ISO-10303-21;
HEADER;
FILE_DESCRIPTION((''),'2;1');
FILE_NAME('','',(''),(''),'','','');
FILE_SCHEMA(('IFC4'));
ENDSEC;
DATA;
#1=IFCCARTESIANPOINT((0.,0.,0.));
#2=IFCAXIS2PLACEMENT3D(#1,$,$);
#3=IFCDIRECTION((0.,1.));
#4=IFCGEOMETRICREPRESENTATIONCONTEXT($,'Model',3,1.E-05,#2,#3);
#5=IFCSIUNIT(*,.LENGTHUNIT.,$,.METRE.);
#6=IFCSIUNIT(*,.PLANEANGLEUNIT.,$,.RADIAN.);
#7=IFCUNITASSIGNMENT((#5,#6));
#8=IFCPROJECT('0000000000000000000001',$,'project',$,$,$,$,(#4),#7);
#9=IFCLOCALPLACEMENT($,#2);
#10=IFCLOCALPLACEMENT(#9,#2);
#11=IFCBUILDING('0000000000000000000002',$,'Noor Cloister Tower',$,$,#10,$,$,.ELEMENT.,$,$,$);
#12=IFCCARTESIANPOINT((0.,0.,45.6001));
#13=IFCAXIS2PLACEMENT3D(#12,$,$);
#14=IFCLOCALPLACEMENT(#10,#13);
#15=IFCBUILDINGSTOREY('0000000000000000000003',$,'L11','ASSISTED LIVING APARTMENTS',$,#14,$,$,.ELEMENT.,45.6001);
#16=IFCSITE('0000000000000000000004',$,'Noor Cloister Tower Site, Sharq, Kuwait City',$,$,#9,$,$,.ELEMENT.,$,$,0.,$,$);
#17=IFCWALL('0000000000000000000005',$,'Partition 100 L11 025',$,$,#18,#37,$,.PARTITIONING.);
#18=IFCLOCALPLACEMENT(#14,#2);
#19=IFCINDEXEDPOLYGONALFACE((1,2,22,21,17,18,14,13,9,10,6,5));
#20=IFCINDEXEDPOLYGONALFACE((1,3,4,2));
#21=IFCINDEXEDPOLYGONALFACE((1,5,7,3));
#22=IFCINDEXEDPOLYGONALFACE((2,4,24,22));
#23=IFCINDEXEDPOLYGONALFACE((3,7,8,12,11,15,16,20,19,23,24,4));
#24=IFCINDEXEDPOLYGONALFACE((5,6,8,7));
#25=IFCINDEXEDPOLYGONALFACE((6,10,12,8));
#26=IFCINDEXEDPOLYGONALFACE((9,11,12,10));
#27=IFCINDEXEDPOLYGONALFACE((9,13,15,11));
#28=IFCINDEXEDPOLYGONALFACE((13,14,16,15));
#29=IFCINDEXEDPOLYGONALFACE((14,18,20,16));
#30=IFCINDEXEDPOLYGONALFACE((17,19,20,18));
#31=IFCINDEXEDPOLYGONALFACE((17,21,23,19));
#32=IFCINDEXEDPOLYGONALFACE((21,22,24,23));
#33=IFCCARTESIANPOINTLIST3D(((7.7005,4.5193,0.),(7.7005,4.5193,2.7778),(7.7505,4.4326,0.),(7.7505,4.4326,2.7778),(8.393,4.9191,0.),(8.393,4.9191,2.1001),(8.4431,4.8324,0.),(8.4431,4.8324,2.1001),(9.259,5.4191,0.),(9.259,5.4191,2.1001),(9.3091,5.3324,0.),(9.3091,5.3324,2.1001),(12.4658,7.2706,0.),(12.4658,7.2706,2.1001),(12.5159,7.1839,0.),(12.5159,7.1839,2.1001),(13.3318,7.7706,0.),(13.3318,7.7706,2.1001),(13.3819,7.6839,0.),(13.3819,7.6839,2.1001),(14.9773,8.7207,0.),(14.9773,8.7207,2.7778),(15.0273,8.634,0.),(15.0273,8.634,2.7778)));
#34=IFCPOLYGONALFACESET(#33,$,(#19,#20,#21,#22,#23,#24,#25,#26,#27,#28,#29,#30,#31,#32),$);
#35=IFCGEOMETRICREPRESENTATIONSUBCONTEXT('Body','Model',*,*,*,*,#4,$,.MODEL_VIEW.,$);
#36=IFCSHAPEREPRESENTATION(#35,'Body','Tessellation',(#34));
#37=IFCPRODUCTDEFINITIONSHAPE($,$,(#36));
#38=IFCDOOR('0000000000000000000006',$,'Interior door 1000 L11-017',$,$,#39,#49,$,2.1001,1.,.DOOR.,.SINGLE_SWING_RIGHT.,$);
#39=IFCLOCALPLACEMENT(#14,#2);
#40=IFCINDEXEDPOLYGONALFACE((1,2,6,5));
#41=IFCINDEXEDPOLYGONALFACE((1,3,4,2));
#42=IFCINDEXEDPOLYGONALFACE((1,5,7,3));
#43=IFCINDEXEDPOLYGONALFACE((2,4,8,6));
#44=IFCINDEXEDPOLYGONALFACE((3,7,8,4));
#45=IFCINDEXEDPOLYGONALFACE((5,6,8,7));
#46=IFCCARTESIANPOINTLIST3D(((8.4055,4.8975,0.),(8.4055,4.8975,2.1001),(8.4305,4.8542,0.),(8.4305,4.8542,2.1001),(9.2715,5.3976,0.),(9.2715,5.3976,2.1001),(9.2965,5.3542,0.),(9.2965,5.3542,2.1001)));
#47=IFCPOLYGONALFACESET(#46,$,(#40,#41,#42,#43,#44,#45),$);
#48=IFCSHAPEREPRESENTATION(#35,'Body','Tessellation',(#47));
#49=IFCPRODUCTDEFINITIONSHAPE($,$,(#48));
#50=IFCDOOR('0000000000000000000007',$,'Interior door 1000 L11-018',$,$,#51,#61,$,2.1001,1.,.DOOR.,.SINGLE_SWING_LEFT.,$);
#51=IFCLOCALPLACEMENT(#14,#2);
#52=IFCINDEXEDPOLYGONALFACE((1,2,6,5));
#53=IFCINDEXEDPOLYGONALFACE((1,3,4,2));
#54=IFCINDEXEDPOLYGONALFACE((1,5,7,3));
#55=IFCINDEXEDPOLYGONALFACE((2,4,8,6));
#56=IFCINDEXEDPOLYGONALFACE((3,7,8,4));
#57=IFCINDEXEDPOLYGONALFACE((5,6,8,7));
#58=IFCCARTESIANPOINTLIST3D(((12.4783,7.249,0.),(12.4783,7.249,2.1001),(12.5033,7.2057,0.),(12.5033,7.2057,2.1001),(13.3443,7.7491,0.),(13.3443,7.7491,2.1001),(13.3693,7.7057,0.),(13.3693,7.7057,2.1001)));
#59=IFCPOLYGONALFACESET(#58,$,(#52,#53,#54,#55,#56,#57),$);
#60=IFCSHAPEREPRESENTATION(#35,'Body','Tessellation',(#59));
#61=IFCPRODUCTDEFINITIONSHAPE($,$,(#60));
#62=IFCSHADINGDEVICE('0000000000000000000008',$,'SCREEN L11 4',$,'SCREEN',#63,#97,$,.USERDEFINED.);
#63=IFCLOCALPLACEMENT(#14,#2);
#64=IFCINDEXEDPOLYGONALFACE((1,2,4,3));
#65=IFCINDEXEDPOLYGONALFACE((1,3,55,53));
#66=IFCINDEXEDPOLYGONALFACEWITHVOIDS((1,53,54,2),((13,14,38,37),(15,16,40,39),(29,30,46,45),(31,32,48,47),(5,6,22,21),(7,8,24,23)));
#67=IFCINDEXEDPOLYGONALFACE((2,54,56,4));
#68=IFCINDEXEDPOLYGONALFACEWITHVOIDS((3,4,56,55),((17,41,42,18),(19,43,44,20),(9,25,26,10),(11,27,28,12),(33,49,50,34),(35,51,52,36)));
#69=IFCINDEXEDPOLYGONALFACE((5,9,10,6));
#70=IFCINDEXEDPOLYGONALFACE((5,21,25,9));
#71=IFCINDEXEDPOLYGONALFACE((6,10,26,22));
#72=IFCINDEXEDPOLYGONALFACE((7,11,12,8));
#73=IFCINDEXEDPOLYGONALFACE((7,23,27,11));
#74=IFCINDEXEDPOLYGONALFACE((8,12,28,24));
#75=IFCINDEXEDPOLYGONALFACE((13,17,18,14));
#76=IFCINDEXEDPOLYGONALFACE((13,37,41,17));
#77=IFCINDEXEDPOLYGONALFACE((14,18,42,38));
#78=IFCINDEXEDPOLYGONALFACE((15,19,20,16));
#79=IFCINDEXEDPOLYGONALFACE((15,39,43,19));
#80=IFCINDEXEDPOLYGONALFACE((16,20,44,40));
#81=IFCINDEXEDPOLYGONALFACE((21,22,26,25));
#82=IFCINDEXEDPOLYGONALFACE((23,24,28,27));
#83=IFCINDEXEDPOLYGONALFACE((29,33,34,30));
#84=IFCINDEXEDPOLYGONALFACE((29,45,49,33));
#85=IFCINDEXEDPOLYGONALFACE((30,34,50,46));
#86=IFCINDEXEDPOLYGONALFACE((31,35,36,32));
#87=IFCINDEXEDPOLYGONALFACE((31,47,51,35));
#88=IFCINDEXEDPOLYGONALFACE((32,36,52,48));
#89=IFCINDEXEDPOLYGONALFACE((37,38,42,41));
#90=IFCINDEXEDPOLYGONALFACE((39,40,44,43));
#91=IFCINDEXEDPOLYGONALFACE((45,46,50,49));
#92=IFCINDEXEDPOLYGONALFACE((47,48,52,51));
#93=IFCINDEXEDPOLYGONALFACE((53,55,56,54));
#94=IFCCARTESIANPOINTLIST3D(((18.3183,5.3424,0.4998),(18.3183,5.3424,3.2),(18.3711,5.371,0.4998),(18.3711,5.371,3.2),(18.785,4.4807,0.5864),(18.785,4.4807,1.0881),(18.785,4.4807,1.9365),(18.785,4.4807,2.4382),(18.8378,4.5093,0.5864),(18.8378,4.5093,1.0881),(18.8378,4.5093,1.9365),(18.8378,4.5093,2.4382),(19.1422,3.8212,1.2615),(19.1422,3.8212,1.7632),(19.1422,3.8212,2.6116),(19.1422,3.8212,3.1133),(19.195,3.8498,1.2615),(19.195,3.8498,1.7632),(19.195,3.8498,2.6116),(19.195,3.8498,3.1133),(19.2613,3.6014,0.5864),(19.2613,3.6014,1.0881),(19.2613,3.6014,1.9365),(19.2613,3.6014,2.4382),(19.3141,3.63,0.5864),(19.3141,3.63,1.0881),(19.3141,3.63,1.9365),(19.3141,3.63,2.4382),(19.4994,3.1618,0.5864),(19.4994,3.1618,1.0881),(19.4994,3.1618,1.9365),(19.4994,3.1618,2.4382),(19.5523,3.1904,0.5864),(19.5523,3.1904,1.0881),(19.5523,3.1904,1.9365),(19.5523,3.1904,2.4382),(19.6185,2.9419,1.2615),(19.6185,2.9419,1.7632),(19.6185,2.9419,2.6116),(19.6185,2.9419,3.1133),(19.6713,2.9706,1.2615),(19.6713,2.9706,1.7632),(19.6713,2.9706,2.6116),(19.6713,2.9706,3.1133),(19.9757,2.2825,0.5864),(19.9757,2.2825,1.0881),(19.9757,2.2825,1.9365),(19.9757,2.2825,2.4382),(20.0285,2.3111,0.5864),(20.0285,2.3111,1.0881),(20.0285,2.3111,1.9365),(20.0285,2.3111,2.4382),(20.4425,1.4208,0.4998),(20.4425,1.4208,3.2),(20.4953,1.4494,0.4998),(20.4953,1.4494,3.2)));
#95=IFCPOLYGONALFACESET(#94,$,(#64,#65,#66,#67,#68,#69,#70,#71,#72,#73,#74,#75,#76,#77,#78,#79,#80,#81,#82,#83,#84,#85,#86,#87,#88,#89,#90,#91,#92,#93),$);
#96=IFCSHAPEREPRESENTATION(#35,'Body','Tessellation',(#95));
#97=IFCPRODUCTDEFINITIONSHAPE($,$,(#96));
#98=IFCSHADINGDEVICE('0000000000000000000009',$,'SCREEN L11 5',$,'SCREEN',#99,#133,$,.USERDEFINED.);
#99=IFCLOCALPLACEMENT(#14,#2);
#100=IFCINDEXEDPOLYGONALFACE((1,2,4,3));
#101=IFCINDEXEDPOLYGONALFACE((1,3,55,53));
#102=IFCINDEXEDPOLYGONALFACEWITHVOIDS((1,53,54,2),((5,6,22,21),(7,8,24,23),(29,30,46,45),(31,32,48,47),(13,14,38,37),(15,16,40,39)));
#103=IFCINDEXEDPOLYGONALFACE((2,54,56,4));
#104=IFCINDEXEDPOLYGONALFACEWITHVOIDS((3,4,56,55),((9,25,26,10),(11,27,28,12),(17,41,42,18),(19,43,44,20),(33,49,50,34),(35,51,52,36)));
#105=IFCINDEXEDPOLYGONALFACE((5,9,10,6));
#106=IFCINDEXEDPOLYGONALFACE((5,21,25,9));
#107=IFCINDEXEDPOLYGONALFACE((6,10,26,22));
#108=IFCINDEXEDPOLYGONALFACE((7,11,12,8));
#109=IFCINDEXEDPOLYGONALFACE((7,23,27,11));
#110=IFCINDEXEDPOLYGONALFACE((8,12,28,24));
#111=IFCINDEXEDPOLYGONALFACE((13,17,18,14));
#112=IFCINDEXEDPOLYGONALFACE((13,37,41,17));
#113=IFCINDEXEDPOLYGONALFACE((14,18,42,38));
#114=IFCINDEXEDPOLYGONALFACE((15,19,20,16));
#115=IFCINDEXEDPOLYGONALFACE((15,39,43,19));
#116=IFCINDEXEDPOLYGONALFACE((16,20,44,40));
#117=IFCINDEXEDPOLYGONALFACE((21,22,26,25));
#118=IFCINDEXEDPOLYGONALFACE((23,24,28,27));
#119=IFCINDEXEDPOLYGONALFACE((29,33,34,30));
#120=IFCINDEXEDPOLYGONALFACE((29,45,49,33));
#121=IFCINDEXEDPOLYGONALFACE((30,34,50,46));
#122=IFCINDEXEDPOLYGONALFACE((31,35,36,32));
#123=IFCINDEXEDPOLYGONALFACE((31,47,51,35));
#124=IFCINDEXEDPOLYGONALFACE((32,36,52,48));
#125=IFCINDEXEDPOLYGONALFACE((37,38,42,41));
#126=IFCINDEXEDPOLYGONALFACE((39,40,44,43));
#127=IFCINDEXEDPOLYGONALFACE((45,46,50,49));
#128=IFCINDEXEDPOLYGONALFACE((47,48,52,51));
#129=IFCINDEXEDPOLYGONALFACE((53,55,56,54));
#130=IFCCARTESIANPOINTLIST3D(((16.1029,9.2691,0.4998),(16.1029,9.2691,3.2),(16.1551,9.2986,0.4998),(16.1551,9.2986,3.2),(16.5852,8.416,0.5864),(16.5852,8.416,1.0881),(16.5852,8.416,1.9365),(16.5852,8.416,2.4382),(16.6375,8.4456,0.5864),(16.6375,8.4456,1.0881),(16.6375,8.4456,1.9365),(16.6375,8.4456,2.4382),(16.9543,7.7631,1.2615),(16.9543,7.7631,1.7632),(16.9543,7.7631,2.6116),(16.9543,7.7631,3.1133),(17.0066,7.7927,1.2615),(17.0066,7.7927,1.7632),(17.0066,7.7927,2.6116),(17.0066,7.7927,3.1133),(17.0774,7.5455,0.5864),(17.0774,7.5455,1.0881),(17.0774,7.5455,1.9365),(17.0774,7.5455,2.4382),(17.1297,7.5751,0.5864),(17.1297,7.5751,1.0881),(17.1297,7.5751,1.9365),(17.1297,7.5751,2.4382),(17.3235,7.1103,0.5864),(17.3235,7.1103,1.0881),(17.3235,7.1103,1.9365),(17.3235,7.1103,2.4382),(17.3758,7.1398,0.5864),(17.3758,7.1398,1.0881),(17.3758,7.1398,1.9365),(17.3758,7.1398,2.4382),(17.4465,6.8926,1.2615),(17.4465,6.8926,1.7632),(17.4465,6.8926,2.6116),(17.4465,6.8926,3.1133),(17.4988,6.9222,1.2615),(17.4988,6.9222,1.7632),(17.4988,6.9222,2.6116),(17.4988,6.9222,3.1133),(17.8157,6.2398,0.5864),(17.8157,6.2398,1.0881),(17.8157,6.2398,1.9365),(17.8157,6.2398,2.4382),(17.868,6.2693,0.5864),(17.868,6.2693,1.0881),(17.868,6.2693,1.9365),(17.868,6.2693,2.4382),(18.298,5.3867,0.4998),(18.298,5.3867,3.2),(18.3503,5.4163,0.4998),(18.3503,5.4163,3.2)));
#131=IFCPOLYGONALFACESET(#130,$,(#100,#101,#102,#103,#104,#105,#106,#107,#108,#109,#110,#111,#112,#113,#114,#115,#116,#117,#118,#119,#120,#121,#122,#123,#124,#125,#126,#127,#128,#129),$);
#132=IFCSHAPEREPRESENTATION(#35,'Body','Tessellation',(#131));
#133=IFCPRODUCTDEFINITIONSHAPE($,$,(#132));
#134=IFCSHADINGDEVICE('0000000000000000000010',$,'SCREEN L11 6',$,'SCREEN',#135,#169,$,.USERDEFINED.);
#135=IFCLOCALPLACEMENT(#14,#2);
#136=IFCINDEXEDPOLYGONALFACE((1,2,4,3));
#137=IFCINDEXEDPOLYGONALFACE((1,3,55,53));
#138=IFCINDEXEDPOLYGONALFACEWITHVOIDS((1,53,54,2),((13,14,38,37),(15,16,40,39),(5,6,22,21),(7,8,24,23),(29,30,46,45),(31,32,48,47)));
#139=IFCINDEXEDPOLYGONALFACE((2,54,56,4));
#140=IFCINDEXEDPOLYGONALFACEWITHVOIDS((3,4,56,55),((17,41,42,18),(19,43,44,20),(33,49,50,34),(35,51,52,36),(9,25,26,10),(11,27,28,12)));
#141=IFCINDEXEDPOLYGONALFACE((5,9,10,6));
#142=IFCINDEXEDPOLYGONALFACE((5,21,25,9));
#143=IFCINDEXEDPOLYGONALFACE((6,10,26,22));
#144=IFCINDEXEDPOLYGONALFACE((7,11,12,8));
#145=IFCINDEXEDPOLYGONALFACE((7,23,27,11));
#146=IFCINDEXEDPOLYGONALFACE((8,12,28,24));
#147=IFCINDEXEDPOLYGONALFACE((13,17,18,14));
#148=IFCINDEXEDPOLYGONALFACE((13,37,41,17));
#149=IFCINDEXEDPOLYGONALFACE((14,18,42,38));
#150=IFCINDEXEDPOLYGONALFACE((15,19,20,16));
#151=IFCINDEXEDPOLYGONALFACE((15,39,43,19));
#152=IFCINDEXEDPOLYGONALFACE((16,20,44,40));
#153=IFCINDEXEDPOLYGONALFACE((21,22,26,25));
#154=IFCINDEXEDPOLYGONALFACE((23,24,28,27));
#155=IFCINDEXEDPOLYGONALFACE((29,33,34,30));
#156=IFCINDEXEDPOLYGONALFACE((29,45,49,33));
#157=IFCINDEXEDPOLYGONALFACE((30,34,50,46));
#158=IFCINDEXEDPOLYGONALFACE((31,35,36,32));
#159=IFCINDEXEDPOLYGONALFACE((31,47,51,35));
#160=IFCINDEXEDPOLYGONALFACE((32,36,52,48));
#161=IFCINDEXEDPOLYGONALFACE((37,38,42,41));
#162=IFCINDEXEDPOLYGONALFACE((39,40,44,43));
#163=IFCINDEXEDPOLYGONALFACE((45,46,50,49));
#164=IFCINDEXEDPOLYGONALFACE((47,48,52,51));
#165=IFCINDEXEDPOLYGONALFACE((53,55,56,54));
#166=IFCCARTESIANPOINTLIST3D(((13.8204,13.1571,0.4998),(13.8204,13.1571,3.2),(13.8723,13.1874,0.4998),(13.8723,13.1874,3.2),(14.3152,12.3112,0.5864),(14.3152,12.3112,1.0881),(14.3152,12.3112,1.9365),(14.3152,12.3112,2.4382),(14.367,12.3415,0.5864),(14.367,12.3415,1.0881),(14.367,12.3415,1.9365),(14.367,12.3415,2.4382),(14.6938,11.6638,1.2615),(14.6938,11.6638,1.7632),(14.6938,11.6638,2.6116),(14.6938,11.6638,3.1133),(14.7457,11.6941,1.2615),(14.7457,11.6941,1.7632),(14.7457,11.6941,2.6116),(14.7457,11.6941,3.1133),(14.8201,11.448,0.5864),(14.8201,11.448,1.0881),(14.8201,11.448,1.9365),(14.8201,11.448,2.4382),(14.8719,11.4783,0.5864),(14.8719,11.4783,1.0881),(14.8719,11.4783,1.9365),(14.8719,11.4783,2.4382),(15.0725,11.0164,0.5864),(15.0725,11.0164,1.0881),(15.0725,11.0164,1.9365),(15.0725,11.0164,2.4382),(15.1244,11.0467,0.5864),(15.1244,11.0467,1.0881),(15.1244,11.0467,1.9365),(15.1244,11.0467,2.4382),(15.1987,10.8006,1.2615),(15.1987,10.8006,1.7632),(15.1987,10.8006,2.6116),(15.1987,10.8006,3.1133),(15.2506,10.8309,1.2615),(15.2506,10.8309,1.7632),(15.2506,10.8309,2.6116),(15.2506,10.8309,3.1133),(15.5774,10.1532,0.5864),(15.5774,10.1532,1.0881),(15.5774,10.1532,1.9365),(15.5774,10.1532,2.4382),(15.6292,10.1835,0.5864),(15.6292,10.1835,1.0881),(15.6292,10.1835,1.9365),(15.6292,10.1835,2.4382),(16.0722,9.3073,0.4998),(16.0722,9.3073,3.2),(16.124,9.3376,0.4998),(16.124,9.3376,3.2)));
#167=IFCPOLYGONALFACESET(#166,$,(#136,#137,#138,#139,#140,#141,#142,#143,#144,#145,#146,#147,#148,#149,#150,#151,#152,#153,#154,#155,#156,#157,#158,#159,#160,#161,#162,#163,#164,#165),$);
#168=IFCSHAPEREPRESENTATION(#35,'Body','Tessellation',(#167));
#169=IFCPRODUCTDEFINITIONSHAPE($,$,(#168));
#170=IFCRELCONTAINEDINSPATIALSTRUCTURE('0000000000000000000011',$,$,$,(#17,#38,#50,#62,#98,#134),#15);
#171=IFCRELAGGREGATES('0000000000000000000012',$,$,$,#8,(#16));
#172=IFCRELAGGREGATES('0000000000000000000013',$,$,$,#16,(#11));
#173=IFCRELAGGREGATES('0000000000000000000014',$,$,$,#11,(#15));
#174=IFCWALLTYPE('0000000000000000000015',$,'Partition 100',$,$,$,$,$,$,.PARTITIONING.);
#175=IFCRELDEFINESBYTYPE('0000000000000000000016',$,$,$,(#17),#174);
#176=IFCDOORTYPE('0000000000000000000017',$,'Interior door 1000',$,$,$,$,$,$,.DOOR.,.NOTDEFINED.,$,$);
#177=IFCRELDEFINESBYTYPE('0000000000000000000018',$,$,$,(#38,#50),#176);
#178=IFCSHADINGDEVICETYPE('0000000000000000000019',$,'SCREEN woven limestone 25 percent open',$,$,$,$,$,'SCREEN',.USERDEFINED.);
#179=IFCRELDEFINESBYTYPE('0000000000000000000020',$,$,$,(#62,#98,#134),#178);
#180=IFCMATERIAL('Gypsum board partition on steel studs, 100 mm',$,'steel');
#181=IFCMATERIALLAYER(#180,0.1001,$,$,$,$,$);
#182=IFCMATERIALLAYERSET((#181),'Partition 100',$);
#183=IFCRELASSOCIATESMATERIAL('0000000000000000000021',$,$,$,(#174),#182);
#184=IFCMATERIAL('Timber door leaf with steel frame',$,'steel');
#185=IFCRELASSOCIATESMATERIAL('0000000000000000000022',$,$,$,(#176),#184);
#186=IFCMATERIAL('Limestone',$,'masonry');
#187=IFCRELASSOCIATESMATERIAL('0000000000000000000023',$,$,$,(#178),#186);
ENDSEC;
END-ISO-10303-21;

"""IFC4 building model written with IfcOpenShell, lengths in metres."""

from ifc_helpers import new_model, si_unit, direction, frame, frame_2d, origin, place, context, subcontext, project, spatial, polyline, rectangle, outline, extrude, material, layer, layer_set, material_profile, profile_set, type_object, element, fill, save


model = new_model("IFC4")

# Units and contexts
model_context = context("Model", 3, precision=1e-05, world=origin(), true_north=direction((0.0, 1.0)))
body_context = subcontext(model_context, "Body", "Model", "MODEL_VIEW")
ifc_project = project(units=[si_unit("LENGTHUNIT", "METRE"), si_unit("PLANEANGLEUNIT", "RADIAN")], contexts=[model_context])

# Site, building, storey
site_placement = place(None, origin())
site = spatial("IfcSite", under=ifc_project, at=site_placement, Name="Noor Cloister Tower Site, Sharq, Kuwait City", CompositionType="ELEMENT", RefElevation=0.0)
building_placement = place(site_placement, origin())
building = spatial("IfcBuilding", under=site, at=building_placement, Name="Noor Cloister Tower", CompositionType="ELEMENT")
storey_placement = place(building_placement, frame((0.0, 0.0, 45.6001)))
storey = spatial("IfcBuildingStorey", under=building, at=storey_placement, Name="L11", Description="ASSISTED LIVING APARTMENTS", CompositionType="ELEMENT", Elevation=45.6001)

# Wall, openings, doors
ifc_material_1 = material(Name="Gypsum board partition on steel studs, 100 mm", Category="steel")
ifc_layer_1 = layer(ifc_material_1, 0.1001)
ifc_layer_set_1 = layer_set([ifc_layer_1], Name="Partition 100")
wall_type_1 = type_object("IfcWallType", Name="Partition 100", PredefinedType="PARTITIONING", material=ifc_layer_set_1)
wall_1_placement = place(storey_placement, frame((15.0022, 8.6772, 0.0), z_axis=(0.0, 0.0, 1.0), x_axis=(-0.866019, -0.500011, 0.0)))
wall_1 = element("IfcWall", 1, at=wall_1_placement, inside=storey, type_object=wall_type_1, Name="Partition 100 L11 025", PredefinedType="PARTITIONING", context=body_context, shape_type="SweptSolid", body=[
    extrude(rectangle(XDim=8.4026, YDim=0.1001, at=frame_2d((4.2012, 0.0))), origin(), (0.0, 0.0, 1.0), 2.7778),
])
opening_1_placement = place(wall_1_placement, frame((6.6028, 0.0, 0.0)))
opening_1 = element("IfcOpeningElement", 2, at=opening_1_placement, cuts=wall_1, PredefinedType="OPENING", context=body_context, shape_type="SweptSolid", body=[
    extrude(rectangle(XDim=1.0, YDim=2.1001, at=frame_2d((0.5, 1.05))), frame((0.0, 0.0601, 0.0), z_axis=(0.0, -1.0, 0.0), x_axis=(1.0, 0.0, 0.0)), (0.0, 0.0, 1.0), 0.1201),
])
opening_2_placement = place(wall_1_placement, frame((1.8999, 0.0, 0.0)))
opening_2 = element("IfcOpeningElement", 3, at=opening_2_placement, cuts=wall_1, PredefinedType="OPENING", context=body_context, shape_type="SweptSolid", body=[
    extrude(rectangle(XDim=1.0, YDim=2.1001, at=frame_2d((0.5, 1.05))), frame((0.0, 0.0601, 0.0), z_axis=(0.0, -1.0, 0.0), x_axis=(1.0, 0.0, 0.0)), (0.0, 0.0, 1.0), 0.1201),
])
ifc_material_2 = material(Name="Timber door leaf with steel frame", Category="steel")
door_type = type_object("IfcDoorType", Name="Interior door 1000", OperationType="NOTDEFINED", PredefinedType="DOOR", material=ifc_material_2)
door_1_placement = place(opening_1_placement, origin())
door_1 = element("IfcDoor", 4, at=door_1_placement, inside=storey, type_object=door_type, Name="Interior door 1000 L11-017", OperationType="SINGLE_SWING_RIGHT", OverallHeight=2.1001, OverallWidth=1.0, PredefinedType="DOOR", context=body_context, shape_type="SweptSolid", body=[
    extrude(rectangle(XDim=1.0, YDim=2.1001, at=frame_2d((0.5, 1.05))), frame((0.0, 0.0249, 0.0), z_axis=(0.0, -1.0, 0.0), x_axis=(1.0, 0.0, 0.0)), (0.0, 0.0, 1.0), 0.05),
])
fill(opening_1, door_1)
door_2_placement = place(opening_2_placement, origin())
door_2 = element("IfcDoor", 5, at=door_2_placement, inside=storey, type_object=door_type, Name="Interior door 1000 L11-018", OperationType="SINGLE_SWING_LEFT", OverallHeight=2.1001, OverallWidth=1.0, PredefinedType="DOOR", context=body_context, shape_type="SweptSolid", body=[
    extrude(rectangle(XDim=1.0, YDim=2.1001, at=frame_2d((0.5, 1.05))), frame((0.0, 0.0249, 0.0), z_axis=(0.0, -1.0, 0.0), x_axis=(1.0, 0.0, 0.0)), (0.0, 0.0, 1.0), 0.05),
])
fill(opening_2, door_2)

# Shading devices
ifc_material_3 = material(Name="Limestone", Category="masonry")
ifc_material_profile_1 = material_profile(ifc_material_3, outline(polyline([(-2.23, -1.3501), (2.23, -1.3501), (2.23, 1.3501), (-2.23, 1.3501), (-2.23, -1.3501)]), holes=[polyline([(-1.25, -1.2634), (-0.25, -1.2634), (-0.25, -0.7617), (-1.25, -0.7617), (-1.25, -1.2634)]), polyline([(0.25, -1.2634), (1.25, -1.2634), (1.25, -0.7617), (0.25, -0.7617), (0.25, -1.2634)]), polyline([(-0.5, -0.5884), (0.5, -0.5884), (0.5, -0.0867), (-0.5, -0.0867), (-0.5, -0.5884)]), polyline([(-1.25, 0.0867), (-0.25, 0.0867), (-0.25, 0.5884), (-1.25, 0.5884), (-1.25, 0.0867)]), polyline([(0.25, 0.0867), (1.25, 0.0867), (1.25, 0.5884), (0.25, 0.5884), (0.25, 0.0867)]), polyline([(-0.5, 0.7617), (0.5, 0.7617), (0.5, 1.2634), (-0.5, 1.2634), (-0.5, 0.7617)])]), Name="Woven screen 25 percent open")
ifc_profile_set_1 = profile_set([ifc_material_profile_1], Name="Limestone")
shading_device_type = type_object("IfcShadingDeviceType", Name="SCREEN woven limestone 25 percent open", ElementType="SCREEN", PredefinedType="USERDEFINED", material=ifc_profile_set_1)
for number, where, z_axis, x_axis, name in (
    (6, (19.3804, 3.3816, 1.8499), (0.879292, 0.476283, 0.0), (-0.476283, 0.879292, 0.0), "SCREEN L11 4"),
    (7, (17.2004, 7.3279, 1.8499), (0.870487, 0.492191, 0.0), (-0.492191, 0.870487, 0.0), "SCREEN L11 5"),
    (8, (14.9463, 11.2322, 1.8499), (0.863188, 0.504883, 0.0), (-0.504883, 0.863188, 0.0), "SCREEN L11 6"),
):
    element("IfcShadingDevice", number, at=place(storey_placement, frame(where, z_axis=z_axis, x_axis=x_axis)), inside=storey, type_object=shading_device_type, Name=name, ObjectType="SCREEN", PredefinedType="USERDEFINED", context=body_context, shape_type="SweptSolid", body=[
        extrude(outline(polyline([(-2.23, -1.3501), (2.23, -1.3501), (2.23, 1.3501), (-2.23, 1.3501), (-2.23, -1.3501)]), holes=[polyline([(-1.25, -1.2634), (-0.25, -1.2634), (-0.25, -0.7617), (-1.25, -0.7617), (-1.25, -1.2634)]), polyline([(0.25, -1.2634), (1.25, -1.2634), (1.25, -0.7617), (0.25, -0.7617), (0.25, -1.2634)]), polyline([(-0.5, -0.5884), (0.5, -0.5884), (0.5, -0.0867), (-0.5, -0.0867), (-0.5, -0.5884)]), polyline([(-1.25, 0.0867), (-0.25, 0.0867), (-0.25, 0.5884), (-1.25, 0.5884), (-1.25, 0.0867)]), polyline([(0.25, 0.0867), (1.25, 0.0867), (1.25, 0.5884), (0.25, 0.5884), (0.25, 0.0867)]), polyline([(-0.5, 0.7617), (0.5, 0.7617), (0.5, 1.2634), (-0.5, 1.2634), (-0.5, 0.7617)])]), origin(), (0.0, 0.0, 1.0), 0.0601),
    ])

save(model, "model.ifc")
